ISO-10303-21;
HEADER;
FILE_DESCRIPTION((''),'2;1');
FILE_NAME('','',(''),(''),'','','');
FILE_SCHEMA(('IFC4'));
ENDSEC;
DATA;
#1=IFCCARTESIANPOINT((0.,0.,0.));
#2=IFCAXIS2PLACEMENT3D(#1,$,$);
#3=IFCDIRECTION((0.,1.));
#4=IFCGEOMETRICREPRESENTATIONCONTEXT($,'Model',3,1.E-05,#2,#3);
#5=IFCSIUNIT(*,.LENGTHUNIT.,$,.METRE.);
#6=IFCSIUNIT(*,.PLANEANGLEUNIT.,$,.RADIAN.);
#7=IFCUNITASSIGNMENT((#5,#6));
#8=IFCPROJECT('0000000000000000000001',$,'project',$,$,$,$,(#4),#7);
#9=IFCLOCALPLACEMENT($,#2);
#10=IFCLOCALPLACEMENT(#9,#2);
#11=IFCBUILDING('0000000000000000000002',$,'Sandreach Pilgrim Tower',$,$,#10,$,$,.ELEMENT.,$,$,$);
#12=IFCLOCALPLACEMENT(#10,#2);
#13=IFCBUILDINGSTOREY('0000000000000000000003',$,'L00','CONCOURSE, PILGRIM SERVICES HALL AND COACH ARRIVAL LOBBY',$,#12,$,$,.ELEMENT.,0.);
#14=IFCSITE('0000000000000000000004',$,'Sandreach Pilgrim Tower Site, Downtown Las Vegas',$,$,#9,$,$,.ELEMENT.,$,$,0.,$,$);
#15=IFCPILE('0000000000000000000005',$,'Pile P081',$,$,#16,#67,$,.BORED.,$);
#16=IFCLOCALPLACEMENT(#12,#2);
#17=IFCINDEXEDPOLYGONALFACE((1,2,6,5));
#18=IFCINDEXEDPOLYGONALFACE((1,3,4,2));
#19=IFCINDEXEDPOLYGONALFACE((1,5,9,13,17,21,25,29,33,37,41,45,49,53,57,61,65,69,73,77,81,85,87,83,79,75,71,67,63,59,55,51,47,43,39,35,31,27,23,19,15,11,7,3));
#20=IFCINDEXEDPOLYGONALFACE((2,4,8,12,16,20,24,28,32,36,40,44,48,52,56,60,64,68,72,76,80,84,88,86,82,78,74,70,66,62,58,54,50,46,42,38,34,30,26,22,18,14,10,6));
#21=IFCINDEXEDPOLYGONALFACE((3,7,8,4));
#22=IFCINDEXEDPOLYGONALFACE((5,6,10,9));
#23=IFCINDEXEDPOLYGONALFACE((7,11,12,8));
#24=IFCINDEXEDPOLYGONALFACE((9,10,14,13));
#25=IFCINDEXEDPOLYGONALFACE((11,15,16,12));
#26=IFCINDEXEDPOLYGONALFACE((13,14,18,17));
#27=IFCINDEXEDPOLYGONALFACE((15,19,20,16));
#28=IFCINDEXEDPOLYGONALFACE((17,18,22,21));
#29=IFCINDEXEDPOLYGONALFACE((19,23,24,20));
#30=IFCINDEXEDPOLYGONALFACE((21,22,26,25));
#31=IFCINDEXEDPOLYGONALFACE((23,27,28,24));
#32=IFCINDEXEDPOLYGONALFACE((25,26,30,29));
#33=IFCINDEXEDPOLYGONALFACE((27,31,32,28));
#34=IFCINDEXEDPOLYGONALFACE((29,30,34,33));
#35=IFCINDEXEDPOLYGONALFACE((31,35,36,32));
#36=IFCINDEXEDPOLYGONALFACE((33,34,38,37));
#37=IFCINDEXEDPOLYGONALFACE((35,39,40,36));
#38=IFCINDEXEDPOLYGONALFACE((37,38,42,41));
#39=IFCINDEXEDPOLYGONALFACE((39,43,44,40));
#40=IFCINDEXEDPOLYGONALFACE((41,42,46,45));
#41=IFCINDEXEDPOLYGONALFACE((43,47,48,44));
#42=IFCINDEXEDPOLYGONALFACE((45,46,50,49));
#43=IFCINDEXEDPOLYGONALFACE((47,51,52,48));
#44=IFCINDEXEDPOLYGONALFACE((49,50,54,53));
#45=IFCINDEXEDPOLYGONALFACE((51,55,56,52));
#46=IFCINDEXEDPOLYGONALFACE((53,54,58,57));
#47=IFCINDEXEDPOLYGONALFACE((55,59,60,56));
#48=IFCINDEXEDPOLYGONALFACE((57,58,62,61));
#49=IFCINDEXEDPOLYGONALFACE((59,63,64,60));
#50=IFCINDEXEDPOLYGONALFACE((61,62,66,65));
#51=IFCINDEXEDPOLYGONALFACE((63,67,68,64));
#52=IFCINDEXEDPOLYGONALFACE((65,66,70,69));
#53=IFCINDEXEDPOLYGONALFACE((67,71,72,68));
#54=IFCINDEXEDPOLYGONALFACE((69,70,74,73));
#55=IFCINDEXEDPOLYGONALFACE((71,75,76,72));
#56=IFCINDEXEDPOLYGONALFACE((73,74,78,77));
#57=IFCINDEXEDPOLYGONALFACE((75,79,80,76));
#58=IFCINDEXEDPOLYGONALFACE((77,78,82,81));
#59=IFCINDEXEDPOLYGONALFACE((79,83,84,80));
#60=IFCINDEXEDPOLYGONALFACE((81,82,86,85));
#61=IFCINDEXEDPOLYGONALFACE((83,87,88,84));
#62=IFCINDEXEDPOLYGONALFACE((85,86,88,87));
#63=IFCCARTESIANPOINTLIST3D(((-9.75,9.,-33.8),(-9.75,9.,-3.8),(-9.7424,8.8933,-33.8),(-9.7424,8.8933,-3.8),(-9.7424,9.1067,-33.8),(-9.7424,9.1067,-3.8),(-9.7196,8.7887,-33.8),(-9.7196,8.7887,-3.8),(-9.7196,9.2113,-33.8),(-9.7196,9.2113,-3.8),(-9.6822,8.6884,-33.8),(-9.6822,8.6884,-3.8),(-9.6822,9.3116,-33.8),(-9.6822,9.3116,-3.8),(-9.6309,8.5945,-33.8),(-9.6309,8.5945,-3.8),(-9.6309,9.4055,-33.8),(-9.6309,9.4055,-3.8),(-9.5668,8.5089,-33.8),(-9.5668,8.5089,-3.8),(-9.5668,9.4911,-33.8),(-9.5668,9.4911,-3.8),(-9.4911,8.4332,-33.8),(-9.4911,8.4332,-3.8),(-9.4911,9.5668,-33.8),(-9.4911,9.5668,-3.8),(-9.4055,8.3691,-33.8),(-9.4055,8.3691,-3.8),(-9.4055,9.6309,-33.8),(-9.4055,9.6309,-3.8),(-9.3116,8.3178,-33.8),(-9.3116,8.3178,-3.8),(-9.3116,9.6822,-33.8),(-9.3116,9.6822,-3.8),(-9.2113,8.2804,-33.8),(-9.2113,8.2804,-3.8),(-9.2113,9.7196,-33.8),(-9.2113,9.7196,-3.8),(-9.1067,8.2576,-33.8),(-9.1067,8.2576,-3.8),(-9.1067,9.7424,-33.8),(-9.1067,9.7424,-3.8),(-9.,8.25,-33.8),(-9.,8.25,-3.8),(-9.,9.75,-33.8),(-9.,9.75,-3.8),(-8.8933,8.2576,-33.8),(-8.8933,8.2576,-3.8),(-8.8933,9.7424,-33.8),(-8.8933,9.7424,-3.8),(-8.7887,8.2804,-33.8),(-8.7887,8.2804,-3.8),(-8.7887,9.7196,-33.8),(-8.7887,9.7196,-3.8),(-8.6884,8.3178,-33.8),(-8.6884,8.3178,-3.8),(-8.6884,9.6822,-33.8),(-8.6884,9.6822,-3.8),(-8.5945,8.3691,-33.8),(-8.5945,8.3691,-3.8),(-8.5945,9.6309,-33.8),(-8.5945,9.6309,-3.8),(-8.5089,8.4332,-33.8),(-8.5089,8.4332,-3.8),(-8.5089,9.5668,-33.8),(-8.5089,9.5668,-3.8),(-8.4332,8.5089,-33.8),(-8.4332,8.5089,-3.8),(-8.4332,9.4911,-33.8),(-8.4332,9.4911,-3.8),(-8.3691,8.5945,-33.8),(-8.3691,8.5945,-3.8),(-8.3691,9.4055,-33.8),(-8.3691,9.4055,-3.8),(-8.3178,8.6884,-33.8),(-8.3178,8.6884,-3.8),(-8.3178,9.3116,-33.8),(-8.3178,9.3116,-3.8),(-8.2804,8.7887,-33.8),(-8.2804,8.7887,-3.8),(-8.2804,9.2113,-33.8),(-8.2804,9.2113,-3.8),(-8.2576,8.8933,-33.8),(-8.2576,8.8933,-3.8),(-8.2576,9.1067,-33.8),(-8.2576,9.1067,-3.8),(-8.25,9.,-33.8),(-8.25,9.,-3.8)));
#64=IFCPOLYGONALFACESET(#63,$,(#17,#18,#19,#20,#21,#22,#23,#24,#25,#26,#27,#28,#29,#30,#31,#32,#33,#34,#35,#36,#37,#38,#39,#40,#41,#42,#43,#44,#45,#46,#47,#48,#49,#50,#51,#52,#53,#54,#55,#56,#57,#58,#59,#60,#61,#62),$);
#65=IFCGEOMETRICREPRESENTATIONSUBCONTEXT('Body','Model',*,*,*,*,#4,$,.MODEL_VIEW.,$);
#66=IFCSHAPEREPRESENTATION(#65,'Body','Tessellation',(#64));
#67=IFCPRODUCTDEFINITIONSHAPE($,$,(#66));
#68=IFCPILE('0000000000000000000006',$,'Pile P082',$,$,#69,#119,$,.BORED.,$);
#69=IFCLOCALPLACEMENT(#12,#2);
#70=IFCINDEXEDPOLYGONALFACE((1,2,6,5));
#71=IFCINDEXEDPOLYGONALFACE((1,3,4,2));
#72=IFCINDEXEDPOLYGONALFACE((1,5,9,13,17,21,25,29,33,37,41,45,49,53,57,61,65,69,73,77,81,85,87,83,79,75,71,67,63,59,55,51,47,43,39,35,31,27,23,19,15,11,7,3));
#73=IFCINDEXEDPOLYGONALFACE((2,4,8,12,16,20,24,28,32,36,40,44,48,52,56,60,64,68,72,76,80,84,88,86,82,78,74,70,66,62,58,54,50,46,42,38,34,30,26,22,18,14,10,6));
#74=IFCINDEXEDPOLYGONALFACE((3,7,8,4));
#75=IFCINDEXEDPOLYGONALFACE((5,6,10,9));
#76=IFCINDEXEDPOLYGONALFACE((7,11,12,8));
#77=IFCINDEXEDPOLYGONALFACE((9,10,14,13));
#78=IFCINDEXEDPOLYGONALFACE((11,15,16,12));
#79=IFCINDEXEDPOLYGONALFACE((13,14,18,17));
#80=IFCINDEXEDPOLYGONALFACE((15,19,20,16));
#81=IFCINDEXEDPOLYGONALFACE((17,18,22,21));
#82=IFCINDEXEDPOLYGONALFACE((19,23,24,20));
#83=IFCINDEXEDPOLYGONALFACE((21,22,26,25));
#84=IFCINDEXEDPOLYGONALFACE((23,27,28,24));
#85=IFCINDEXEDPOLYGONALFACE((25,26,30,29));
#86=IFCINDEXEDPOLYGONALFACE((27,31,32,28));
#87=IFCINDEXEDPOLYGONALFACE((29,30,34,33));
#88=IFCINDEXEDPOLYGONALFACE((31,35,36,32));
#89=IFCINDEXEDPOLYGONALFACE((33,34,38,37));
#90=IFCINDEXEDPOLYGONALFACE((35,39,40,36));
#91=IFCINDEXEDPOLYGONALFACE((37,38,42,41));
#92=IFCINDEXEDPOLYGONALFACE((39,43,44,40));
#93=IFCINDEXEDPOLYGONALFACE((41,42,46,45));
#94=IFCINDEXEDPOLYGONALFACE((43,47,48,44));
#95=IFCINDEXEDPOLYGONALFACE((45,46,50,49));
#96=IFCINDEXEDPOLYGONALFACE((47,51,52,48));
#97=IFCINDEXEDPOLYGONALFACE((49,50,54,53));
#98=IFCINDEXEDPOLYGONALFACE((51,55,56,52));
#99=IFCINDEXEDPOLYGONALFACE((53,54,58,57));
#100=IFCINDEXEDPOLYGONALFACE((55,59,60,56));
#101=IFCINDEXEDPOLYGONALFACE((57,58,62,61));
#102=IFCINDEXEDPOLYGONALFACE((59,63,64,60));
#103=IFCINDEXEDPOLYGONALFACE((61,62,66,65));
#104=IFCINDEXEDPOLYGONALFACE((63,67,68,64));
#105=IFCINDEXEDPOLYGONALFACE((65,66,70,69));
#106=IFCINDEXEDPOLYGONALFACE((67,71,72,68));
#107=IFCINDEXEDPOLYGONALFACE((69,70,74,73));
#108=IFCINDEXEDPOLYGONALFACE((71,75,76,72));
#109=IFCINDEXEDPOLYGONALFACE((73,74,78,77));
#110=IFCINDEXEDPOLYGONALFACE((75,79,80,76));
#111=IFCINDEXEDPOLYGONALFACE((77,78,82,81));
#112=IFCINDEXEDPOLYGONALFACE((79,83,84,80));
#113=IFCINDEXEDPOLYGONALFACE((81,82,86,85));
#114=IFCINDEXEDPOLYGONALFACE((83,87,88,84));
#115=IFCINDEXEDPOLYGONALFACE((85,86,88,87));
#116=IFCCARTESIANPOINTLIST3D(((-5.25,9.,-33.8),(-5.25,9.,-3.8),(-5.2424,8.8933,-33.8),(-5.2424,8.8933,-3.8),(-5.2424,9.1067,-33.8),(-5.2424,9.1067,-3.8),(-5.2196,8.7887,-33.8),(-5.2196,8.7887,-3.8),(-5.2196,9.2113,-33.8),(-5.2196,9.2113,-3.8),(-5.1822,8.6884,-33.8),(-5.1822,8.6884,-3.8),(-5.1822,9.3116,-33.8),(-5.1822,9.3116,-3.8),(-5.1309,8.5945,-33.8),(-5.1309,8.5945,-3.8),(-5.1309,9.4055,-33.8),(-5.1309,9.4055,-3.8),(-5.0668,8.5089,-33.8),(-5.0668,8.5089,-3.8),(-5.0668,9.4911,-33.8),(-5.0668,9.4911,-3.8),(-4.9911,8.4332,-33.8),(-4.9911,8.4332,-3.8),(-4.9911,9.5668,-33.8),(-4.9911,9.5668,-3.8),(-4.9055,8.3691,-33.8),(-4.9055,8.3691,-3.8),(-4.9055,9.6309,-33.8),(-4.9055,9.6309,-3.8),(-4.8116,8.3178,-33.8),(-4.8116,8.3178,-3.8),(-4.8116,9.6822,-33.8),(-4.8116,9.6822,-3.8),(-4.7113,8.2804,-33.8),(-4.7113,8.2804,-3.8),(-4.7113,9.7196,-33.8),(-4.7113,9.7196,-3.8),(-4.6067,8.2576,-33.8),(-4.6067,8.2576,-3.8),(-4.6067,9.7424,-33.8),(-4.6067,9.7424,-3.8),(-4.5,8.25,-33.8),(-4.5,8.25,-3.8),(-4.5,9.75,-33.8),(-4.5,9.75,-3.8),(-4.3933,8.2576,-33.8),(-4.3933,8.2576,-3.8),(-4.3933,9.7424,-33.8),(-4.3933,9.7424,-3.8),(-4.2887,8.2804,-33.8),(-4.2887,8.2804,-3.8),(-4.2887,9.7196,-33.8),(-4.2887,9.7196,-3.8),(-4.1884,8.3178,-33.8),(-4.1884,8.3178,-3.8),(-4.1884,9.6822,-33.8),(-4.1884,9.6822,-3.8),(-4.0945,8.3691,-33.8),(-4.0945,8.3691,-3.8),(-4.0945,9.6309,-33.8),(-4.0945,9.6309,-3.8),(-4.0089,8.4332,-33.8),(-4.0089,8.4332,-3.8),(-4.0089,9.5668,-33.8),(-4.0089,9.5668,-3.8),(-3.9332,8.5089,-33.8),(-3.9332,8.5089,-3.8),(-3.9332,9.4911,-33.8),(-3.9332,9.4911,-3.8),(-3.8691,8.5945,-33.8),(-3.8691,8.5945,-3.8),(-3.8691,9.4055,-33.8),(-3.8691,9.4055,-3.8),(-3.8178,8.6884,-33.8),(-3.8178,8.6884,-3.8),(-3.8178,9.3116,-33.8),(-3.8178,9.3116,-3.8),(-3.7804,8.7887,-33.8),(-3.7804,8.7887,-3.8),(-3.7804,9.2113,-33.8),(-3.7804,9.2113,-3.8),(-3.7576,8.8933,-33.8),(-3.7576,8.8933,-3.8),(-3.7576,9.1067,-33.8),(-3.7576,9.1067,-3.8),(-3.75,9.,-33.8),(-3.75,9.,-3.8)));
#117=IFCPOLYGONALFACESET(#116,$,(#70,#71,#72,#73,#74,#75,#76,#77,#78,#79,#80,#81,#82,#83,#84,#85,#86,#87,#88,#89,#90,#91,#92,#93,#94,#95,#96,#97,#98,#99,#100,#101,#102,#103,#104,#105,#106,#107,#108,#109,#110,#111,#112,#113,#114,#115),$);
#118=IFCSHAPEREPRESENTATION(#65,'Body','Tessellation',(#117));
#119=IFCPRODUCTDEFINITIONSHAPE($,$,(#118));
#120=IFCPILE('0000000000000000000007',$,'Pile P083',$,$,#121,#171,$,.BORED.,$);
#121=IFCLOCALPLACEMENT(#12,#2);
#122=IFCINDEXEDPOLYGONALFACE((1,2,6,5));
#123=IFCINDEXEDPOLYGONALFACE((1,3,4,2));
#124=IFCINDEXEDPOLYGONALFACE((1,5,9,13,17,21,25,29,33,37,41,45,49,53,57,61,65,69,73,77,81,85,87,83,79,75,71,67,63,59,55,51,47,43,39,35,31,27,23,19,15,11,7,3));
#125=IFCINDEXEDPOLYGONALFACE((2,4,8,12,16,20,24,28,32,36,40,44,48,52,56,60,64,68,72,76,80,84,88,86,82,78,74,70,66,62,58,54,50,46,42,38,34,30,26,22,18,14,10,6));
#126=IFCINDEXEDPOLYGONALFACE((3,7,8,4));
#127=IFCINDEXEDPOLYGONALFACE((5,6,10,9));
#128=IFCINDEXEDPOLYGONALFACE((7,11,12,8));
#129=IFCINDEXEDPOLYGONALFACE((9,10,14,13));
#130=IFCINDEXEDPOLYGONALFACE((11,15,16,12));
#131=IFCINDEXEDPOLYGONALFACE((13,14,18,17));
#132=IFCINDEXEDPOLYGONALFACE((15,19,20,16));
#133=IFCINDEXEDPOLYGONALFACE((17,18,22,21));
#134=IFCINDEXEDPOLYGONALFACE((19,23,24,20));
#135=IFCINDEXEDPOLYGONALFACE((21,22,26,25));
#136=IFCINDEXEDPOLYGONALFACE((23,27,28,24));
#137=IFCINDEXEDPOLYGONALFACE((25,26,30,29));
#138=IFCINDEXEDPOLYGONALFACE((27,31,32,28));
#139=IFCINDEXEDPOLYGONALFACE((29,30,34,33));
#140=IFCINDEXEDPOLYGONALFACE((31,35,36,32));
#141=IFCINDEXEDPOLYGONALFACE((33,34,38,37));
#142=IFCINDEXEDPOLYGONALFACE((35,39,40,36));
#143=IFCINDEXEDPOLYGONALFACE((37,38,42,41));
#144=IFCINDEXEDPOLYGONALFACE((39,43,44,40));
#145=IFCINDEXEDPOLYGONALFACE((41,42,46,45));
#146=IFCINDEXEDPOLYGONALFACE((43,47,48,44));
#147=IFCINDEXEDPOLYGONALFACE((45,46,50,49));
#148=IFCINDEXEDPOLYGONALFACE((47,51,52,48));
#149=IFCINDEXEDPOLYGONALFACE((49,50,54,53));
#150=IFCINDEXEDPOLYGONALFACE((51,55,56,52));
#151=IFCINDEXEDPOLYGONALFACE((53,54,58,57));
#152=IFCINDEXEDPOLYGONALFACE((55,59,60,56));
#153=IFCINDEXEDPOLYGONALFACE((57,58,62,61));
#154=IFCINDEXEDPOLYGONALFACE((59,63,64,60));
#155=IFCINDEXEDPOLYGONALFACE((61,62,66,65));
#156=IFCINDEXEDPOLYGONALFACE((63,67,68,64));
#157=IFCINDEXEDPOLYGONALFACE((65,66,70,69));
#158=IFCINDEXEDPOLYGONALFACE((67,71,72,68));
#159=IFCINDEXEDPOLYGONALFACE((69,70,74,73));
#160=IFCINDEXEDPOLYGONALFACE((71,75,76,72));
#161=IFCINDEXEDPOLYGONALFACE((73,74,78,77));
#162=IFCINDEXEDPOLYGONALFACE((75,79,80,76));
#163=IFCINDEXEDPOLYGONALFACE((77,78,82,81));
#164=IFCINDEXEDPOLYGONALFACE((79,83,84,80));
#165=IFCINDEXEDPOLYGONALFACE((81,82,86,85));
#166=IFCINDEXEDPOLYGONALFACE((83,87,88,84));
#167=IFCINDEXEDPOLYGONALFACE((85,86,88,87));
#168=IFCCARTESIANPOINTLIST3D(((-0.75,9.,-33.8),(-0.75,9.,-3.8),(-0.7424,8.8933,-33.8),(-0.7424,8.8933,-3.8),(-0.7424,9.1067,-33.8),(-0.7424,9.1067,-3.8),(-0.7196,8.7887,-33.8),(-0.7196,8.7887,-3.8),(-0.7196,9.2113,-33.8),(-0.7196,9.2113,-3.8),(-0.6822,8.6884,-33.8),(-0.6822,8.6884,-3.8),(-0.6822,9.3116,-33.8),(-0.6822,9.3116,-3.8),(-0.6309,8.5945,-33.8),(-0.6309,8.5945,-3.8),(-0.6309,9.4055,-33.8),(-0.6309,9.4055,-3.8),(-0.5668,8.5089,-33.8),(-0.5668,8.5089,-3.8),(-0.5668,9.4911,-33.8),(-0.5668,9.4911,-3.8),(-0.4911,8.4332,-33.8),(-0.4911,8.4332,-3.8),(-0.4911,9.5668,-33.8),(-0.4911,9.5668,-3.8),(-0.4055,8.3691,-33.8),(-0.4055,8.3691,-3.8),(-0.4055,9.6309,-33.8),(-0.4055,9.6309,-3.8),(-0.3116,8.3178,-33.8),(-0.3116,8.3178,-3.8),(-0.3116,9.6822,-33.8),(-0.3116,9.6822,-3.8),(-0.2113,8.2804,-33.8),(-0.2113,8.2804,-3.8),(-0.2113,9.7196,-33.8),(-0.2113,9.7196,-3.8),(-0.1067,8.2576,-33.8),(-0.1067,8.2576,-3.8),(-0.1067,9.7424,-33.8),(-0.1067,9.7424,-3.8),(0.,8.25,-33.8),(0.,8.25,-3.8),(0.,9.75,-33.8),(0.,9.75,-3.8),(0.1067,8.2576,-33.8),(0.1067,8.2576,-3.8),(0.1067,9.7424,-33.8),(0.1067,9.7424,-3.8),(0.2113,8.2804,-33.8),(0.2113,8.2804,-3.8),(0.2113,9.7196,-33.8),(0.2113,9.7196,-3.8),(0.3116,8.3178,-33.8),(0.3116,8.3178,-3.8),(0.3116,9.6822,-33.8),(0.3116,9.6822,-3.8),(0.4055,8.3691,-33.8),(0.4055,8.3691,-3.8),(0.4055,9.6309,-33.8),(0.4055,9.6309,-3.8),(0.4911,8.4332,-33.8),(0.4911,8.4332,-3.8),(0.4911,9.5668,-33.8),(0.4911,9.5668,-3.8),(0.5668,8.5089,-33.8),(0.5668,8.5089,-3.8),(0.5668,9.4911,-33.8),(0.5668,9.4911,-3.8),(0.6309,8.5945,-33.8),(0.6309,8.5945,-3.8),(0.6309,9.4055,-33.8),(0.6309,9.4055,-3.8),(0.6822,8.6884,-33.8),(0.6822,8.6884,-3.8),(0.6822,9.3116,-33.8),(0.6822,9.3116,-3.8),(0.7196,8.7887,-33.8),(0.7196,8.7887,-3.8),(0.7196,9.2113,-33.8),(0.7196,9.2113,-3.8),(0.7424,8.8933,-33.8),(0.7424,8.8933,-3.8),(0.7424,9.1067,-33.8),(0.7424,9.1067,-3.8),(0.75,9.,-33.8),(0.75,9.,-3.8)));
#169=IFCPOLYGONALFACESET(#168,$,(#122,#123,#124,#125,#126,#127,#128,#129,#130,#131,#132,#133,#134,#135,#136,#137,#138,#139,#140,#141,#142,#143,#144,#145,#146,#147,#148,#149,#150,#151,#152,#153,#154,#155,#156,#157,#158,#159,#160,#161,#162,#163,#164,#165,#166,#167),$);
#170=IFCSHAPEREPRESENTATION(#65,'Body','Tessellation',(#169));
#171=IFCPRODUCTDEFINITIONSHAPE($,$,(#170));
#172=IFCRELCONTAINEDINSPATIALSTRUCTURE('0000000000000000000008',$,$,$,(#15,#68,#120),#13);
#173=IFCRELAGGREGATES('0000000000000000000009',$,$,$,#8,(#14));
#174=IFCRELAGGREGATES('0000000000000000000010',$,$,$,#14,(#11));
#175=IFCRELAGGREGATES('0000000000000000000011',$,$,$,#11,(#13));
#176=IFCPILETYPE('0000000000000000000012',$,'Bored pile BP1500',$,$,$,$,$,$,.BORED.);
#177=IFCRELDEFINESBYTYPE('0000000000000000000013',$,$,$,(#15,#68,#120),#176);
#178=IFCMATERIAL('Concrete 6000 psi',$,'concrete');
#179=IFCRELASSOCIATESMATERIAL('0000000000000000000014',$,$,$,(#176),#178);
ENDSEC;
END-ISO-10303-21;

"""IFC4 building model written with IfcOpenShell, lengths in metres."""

from ifc_helpers import new_model, si_unit, direction, frame, origin, origin_2d, place, context, subcontext, project, spatial, circle, extrude, material, material_profile, profile_set, type_object, element, save


model = new_model("IFC4")

# Units and contexts
model_context = context("Model", 3, precision=1e-05, world=origin(), true_north=direction((0.0, 1.0)))
body_context = subcontext(model_context, "Body", "Model", "MODEL_VIEW")
ifc_project = project(units=[si_unit("LENGTHUNIT", "METRE"), si_unit("PLANEANGLEUNIT", "RADIAN")], contexts=[model_context])

# Site, building, storey
site_placement = place(None, origin())
site = spatial("IfcSite", under=ifc_project, at=site_placement, Name="Sandreach Pilgrim Tower Site, Downtown Las Vegas", CompositionType="ELEMENT", RefElevation=0.0)
building_placement = place(site_placement, origin())
building = spatial("IfcBuilding", under=site, at=building_placement, Name="Sandreach Pilgrim Tower", CompositionType="ELEMENT")
storey_placement = place(building_placement, origin())
storey = spatial("IfcBuildingStorey", under=building, at=storey_placement, Name="L00", Description="CONCOURSE, PILGRIM SERVICES HALL AND COACH ARRIVAL LOBBY", CompositionType="ELEMENT", Elevation=0.0)

# Piles
ifc_material_1 = material(Name="Concrete 6000 psi", Category="concrete")
ifc_material_profile_1 = material_profile(ifc_material_1, circle(Radius=0.75, at=origin_2d()), Name="BP1500")
ifc_profile_set_1 = profile_set([ifc_material_profile_1], Name="Concrete 6000 psi")
pile_type = type_object("IfcPileType", Name="Bored pile BP1500", PredefinedType="BORED", material=ifc_profile_set_1)
for number, where, z_axis, x_axis, name in (
    (1, (-9.0, 9.0, -3.8), (0.0, 0.0, -1.0), (1.0, 0.0, 0.0), "Pile P081"),
    (2, (-4.5, 9.0, -3.8), (0.0, 0.0, -1.0), (1.0, 0.0, 0.0), "Pile P082"),
    (3, (0.0, 9.0, -3.8), (0.0, 0.0, -1.0), (1.0, 0.0, 0.0), "Pile P083"),
):
    element("IfcPile", number, at=place(storey_placement, frame(where, z_axis=z_axis, x_axis=x_axis)), inside=storey, type_object=pile_type, Name=name, PredefinedType="BORED", context=body_context, shape_type="SweptSolid", body=[
        extrude(circle(Radius=0.75, at=origin_2d()), origin(), (0.0, 0.0, 1.0), 30.0),
    ])

save(model, "model.ifc")
